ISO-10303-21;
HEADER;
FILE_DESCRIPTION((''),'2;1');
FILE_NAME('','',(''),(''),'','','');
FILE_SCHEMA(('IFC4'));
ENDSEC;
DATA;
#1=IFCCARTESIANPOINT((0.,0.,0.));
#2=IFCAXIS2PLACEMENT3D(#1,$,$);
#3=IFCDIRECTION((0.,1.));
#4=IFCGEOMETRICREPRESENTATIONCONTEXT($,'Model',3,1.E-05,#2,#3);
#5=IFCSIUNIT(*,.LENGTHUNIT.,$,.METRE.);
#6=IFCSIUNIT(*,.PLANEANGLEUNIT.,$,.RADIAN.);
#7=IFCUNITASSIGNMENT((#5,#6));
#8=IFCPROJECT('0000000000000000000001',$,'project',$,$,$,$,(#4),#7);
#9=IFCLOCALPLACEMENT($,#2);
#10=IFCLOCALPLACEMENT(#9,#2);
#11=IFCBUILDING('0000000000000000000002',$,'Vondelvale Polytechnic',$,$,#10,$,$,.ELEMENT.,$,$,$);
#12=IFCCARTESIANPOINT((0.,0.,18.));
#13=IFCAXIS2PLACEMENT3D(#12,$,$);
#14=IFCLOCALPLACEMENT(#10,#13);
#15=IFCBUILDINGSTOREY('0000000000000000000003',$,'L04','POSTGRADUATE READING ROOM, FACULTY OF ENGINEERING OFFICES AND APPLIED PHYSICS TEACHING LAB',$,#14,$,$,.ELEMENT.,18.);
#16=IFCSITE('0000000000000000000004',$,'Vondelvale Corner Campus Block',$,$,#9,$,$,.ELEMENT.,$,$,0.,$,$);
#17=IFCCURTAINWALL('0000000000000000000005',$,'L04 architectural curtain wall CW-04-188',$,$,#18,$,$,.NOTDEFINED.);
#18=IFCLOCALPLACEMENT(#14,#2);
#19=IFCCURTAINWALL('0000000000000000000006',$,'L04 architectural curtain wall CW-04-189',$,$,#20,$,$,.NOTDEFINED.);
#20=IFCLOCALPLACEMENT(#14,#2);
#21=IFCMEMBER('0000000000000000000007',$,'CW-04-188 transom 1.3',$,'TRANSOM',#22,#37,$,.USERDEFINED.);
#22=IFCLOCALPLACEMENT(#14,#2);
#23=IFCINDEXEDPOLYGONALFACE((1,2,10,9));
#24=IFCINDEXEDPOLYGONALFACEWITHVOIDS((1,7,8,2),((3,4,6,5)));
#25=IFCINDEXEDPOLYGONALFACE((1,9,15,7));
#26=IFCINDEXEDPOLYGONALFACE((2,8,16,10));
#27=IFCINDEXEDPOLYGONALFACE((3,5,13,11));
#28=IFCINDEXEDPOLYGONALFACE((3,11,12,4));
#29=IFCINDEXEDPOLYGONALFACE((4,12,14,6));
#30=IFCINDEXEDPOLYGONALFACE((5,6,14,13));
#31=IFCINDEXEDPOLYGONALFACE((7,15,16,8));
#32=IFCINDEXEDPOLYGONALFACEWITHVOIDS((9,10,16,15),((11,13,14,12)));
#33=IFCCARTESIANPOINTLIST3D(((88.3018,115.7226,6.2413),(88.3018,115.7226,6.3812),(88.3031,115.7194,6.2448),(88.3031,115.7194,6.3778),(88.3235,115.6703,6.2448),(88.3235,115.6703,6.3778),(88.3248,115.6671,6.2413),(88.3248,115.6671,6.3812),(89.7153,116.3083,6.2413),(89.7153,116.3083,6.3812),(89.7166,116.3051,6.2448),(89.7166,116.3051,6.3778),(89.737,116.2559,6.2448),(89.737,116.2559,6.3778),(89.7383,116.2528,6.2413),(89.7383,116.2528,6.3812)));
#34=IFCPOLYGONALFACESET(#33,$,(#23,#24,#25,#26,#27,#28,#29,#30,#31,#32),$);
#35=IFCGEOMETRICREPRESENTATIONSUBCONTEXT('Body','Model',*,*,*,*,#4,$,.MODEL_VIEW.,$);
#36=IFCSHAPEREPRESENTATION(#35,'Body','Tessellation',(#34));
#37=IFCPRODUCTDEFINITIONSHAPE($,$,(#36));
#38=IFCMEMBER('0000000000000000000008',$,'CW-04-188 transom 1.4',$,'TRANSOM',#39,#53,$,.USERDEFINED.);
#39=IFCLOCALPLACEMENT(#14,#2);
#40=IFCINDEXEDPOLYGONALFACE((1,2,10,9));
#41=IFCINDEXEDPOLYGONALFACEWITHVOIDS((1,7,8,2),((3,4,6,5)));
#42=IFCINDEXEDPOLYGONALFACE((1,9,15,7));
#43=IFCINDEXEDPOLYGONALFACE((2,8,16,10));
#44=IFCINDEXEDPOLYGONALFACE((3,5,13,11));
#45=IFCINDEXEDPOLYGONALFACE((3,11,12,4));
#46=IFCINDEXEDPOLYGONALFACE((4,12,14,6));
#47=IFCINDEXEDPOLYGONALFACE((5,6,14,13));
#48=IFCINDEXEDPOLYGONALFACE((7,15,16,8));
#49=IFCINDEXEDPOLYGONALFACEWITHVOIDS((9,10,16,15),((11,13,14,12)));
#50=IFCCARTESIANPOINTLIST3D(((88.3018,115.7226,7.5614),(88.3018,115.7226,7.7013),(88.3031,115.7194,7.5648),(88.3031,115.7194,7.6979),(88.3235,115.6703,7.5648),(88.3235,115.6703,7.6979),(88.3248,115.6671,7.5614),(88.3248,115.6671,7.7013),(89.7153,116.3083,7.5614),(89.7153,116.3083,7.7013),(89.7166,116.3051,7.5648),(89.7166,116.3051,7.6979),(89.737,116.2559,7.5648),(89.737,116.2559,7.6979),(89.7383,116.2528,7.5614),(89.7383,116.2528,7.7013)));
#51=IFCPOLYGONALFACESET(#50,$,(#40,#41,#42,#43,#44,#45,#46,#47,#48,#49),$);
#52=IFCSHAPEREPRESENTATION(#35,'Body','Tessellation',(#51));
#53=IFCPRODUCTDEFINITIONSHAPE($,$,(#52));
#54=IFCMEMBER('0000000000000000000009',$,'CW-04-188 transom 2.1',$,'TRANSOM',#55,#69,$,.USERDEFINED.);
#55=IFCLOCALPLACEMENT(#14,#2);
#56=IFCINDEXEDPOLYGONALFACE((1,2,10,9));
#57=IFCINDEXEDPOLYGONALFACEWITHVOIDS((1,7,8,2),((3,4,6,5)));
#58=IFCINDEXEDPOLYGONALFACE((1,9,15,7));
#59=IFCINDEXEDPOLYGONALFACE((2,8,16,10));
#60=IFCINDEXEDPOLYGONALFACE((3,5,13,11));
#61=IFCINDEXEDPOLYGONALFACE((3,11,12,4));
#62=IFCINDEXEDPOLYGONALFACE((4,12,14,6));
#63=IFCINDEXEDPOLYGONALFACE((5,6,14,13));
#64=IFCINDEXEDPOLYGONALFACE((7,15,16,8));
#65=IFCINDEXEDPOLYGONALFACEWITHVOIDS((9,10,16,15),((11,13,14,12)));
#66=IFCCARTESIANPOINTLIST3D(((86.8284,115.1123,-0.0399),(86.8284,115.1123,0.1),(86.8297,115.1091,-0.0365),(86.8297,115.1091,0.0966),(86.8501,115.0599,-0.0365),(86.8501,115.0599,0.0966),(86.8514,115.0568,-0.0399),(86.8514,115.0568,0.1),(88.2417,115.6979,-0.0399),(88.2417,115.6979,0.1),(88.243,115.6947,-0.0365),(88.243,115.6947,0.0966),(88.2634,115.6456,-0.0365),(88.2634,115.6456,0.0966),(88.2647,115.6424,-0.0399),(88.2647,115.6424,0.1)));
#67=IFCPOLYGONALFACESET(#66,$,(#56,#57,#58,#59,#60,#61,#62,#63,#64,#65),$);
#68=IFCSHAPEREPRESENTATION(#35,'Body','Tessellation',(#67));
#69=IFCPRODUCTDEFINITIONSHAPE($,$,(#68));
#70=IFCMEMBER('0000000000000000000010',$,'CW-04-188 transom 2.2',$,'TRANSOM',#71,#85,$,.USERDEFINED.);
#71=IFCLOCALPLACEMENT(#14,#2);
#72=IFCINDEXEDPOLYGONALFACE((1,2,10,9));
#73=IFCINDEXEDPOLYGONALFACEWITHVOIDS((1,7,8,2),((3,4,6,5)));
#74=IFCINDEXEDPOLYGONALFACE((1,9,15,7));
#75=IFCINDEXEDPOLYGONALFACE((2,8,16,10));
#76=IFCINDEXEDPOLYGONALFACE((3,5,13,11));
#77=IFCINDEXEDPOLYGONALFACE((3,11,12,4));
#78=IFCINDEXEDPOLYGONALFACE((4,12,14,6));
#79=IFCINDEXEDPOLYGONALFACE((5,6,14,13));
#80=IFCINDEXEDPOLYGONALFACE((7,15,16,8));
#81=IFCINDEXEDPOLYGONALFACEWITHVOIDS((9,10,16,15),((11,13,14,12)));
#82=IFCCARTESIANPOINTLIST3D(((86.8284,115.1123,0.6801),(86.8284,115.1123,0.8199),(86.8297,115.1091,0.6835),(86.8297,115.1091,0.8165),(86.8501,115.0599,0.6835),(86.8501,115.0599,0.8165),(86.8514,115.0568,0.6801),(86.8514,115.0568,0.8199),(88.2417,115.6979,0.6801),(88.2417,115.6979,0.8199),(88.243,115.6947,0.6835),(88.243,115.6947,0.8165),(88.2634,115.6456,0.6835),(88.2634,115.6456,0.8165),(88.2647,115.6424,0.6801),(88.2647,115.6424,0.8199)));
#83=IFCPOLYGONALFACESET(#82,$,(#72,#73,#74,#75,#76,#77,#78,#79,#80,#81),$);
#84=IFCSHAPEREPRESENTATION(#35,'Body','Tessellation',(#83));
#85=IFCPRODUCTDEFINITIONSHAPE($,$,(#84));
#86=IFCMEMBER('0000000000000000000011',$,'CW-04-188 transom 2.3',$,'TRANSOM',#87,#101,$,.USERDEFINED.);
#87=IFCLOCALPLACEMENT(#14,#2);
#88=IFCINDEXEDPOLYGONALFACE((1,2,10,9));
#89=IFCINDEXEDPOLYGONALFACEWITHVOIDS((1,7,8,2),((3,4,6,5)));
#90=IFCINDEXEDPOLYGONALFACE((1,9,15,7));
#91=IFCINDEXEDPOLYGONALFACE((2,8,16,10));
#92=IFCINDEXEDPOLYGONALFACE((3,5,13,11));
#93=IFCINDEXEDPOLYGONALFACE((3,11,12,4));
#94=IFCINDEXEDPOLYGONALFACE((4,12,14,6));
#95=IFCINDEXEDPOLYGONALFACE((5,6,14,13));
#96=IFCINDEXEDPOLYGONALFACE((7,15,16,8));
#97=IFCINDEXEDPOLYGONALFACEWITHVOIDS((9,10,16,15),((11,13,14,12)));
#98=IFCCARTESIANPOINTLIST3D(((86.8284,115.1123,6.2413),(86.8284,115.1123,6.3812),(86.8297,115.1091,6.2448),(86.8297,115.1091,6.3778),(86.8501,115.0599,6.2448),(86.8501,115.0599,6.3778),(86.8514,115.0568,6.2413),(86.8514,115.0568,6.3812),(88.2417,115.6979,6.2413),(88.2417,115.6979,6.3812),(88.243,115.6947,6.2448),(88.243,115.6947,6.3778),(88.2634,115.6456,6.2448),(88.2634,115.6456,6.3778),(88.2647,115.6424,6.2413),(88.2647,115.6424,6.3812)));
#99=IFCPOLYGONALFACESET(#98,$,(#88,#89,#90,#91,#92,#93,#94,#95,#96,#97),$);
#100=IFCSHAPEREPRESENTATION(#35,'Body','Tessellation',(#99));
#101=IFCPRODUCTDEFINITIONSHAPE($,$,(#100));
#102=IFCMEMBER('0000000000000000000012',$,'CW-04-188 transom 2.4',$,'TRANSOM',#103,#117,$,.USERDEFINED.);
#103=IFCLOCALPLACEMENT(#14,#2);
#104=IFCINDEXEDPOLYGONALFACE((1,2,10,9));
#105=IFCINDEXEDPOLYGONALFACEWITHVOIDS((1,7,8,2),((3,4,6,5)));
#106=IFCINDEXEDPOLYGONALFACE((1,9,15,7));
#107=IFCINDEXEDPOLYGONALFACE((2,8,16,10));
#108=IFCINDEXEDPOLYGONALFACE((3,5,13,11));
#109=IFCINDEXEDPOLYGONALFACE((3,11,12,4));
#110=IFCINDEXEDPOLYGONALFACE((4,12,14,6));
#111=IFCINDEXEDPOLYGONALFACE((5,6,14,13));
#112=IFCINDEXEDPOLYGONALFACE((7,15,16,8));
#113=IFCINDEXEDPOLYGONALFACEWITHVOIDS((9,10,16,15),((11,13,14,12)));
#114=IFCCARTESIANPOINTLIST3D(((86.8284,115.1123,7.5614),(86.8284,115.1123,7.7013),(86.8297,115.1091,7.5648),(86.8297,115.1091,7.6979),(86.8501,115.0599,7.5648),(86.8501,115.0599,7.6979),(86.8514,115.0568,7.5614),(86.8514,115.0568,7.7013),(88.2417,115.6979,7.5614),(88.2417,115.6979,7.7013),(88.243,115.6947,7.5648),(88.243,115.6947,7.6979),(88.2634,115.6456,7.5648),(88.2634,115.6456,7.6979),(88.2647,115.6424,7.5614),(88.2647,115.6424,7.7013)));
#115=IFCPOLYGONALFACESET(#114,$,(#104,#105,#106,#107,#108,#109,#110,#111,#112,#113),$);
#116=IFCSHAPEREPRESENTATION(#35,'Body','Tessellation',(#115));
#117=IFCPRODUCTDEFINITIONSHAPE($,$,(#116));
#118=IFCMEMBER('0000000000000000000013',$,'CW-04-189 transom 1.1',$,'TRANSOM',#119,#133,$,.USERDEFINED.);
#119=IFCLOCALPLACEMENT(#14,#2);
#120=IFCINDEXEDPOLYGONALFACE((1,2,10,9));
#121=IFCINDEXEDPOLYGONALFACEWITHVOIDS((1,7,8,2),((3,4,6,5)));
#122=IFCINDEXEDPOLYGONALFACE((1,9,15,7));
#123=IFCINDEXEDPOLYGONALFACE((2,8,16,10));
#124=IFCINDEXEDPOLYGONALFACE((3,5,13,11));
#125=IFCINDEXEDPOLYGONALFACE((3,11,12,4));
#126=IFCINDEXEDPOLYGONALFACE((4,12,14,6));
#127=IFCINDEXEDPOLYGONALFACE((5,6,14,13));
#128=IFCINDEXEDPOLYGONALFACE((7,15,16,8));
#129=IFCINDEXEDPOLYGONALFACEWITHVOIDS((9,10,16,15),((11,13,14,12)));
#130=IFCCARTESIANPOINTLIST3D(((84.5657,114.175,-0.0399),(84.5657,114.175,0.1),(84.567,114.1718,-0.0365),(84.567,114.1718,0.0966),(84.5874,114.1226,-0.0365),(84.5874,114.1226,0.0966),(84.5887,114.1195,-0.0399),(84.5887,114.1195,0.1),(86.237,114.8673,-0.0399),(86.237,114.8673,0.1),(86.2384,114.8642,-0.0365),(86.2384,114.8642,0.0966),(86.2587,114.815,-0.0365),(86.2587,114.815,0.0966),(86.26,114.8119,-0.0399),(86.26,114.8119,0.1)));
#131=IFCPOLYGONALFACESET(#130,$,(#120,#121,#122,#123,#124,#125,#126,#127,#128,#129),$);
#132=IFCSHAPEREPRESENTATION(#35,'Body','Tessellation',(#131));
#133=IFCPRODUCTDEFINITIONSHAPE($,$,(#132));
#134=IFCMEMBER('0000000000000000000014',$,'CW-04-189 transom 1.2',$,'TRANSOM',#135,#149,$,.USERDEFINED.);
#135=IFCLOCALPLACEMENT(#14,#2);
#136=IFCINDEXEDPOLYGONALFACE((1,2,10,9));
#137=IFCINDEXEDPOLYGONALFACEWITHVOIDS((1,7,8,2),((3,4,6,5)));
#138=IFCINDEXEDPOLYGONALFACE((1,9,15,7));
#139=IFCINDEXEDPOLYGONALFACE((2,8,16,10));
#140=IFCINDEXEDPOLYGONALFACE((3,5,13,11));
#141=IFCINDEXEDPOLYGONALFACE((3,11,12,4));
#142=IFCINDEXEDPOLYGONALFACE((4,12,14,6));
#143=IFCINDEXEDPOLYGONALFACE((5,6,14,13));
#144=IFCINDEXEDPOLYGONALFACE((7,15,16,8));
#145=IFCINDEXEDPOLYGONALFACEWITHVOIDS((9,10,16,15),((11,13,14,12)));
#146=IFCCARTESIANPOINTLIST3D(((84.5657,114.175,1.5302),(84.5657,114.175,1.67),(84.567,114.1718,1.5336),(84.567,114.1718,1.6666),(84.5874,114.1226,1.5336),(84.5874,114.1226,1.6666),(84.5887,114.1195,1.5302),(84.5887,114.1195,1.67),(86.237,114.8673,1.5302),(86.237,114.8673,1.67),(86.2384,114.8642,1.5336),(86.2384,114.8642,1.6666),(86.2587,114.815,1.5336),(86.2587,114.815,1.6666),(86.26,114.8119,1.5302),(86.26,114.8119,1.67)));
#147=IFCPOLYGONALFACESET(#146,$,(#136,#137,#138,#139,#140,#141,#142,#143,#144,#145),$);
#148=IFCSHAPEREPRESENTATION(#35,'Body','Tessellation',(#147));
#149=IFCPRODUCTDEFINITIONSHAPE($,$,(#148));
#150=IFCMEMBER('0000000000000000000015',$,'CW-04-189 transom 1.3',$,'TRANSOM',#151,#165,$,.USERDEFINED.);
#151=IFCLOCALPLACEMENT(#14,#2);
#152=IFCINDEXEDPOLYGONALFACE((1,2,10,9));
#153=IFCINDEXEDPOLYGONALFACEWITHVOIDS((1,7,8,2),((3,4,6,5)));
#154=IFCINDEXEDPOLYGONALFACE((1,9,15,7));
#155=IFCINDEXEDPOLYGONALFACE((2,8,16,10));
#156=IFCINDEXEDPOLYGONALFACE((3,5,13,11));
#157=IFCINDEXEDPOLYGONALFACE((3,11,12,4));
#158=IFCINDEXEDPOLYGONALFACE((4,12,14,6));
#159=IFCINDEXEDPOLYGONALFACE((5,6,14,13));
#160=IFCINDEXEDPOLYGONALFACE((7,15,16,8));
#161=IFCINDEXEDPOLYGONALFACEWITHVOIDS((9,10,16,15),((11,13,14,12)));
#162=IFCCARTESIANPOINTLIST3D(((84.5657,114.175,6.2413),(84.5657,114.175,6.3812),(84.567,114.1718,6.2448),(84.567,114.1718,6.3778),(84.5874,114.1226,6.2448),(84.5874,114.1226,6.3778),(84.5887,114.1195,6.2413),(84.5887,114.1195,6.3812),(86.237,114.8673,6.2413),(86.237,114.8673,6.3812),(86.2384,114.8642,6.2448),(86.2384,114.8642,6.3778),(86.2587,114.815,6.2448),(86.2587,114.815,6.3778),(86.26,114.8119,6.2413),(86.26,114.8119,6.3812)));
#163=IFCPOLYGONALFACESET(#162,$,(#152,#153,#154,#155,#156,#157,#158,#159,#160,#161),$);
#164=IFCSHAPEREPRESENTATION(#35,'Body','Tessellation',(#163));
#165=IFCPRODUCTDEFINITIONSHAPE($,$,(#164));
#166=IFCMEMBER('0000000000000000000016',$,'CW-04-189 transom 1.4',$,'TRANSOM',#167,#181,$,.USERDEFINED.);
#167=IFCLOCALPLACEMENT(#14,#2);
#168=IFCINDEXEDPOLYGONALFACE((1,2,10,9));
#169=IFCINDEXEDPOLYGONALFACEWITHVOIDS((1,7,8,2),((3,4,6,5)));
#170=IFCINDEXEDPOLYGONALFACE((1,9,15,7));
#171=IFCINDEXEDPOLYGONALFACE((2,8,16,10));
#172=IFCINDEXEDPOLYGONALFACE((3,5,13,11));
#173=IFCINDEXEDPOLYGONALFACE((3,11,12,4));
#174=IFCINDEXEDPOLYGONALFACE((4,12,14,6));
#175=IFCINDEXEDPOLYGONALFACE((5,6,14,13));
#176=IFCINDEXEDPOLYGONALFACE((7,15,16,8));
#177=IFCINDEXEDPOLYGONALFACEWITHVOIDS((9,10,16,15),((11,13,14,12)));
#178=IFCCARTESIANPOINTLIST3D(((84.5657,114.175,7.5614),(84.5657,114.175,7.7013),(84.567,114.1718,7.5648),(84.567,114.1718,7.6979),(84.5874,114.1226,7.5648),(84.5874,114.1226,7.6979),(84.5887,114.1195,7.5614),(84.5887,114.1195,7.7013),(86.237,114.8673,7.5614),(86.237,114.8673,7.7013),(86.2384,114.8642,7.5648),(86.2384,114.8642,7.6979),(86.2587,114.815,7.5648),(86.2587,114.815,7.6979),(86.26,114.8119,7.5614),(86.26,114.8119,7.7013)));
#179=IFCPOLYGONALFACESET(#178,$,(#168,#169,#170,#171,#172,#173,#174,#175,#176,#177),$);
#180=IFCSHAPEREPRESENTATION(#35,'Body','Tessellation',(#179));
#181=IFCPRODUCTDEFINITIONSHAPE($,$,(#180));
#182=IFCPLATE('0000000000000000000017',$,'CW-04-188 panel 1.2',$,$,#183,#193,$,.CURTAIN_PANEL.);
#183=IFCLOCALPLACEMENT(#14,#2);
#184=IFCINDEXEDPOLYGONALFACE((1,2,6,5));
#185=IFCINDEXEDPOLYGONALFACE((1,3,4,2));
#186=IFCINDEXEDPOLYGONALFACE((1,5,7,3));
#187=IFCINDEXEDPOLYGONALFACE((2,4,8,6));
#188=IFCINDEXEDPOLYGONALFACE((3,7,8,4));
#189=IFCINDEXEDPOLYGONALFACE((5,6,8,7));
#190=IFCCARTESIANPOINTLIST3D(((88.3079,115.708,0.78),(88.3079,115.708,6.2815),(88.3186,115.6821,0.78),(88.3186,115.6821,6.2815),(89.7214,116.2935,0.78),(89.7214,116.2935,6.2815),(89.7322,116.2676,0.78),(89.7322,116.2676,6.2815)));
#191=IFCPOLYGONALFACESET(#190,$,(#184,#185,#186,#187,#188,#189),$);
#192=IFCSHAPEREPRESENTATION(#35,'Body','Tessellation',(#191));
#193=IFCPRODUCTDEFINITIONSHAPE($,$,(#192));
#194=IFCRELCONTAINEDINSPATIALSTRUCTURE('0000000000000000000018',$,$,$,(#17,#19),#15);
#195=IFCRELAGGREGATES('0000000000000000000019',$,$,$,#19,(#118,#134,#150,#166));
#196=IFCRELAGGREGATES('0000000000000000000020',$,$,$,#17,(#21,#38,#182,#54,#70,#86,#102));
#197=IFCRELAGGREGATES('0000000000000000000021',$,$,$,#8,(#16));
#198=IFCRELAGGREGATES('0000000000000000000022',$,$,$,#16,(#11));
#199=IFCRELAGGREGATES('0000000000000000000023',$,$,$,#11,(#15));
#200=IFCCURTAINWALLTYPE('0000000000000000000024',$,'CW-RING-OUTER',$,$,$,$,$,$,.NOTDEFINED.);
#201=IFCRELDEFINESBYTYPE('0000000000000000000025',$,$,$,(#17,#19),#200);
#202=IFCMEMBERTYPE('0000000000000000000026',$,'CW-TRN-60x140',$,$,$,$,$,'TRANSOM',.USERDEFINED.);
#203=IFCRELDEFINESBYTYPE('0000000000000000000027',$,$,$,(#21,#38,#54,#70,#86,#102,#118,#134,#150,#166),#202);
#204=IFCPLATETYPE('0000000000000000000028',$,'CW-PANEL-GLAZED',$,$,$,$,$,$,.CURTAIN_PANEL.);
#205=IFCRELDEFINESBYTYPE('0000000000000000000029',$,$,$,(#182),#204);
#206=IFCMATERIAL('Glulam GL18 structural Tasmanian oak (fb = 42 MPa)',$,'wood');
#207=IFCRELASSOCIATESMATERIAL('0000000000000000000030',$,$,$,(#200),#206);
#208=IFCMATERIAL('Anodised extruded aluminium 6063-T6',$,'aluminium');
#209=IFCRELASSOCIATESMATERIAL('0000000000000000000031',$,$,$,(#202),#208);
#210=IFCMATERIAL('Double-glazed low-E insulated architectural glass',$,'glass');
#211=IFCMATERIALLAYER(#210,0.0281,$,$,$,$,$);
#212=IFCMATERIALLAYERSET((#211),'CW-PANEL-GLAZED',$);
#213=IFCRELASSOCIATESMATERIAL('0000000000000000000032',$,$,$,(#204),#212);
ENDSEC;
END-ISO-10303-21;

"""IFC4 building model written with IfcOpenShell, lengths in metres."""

from ifc_helpers import new_model, si_unit, direction, frame, origin, origin_2d, place, context, subcontext, project, spatial, rectangle, hollow_rectangle, extrude, material, layer, layer_set, material_profile, profile_set, type_object, element, aggregate, save


model = new_model("IFC4")

# Units and contexts
model_context = context("Model", 3, precision=1e-05, world=origin(), true_north=direction((0.0, 1.0)))
body_context = subcontext(model_context, "Body", "Model", "MODEL_VIEW")
ifc_project = project(units=[si_unit("LENGTHUNIT", "METRE"), si_unit("PLANEANGLEUNIT", "RADIAN")], contexts=[model_context])

# Site, building, storey
site_placement = place(None, origin())
site = spatial("IfcSite", under=ifc_project, at=site_placement, Name="Vondelvale Corner Campus Block", CompositionType="ELEMENT", RefElevation=0.0)
building_placement = place(site_placement, origin())
building = spatial("IfcBuilding", under=site, at=building_placement, Name="Vondelvale Polytechnic", CompositionType="ELEMENT")
storey_placement = place(building_placement, frame((0.0, 0.0, 18.0)))
storey = spatial("IfcBuildingStorey", under=building, at=storey_placement, Name="L04", Description="POSTGRADUATE READING ROOM, FACULTY OF ENGINEERING OFFICES AND APPLIED PHYSICS TEACHING LAB", CompositionType="ELEMENT", Elevation=18.0)

# Shared definitions
ifc_material_1 = material(Name="Glulam GL18 structural Tasmanian oak (fb = 42 MPa)", Category="wood")

# Curtain wall
curtain_wall_type = type_object("IfcCurtainWallType", Name="CW-RING-OUTER", PredefinedType="NOTDEFINED", material=ifc_material_1)
curtain_wall_1_placement = place(storey_placement, origin())
curtain_wall_1 = element("IfcCurtainWall", 1, at=curtain_wall_1_placement, inside=storey, type_object=curtain_wall_type, Name="L04 architectural curtain wall CW-04-188", PredefinedType="NOTDEFINED")
ifc_material_2 = material(Name="Anodised extruded aluminium 6063-T6", Category="aluminium")

# Curtain wall
curtain_wall_2_placement = place(storey_placement, origin())
curtain_wall_2 = element("IfcCurtainWall", 2, at=curtain_wall_2_placement, inside=storey, type_object=curtain_wall_type, Name="L04 architectural curtain wall CW-04-189", PredefinedType="NOTDEFINED")

# Members
ifc_material_profile_1 = material_profile(ifc_material_2, hollow_rectangle(XDim=0.0601, YDim=0.1399, WallThickness=0.0034, at=origin_2d()), Name="CW-TRN-140x60")
ifc_profile_set_1 = profile_set([ifc_material_profile_1], Name="Anodised extruded aluminium 6063-T6")
member_type_1 = type_object("IfcMemberType", Name="CW-TRN-60x140", ElementType="TRANSOM", PredefinedType="USERDEFINED", material=ifc_profile_set_1)
member_1_placement = place(storey_placement, frame((89.7268, 116.2805, 6.3113), z_axis=(-0.92384, -0.382779, 0.0), x_axis=(0.382779, -0.92384, 0.0)))
member_1 = element("IfcMember", 3, at=member_1_placement, type_object=member_type_1, Name="CW-04-188 transom 1.3", ObjectType="TRANSOM", PredefinedType="USERDEFINED", context=body_context, shape_type="SweptSolid", body=[
    extrude(hollow_rectangle(XDim=0.0601, YDim=0.1399, WallThickness=0.0034, at=origin_2d()), origin(), (0.0, 0.0, 1.0), 1.53),
])
member_2_placement = place(storey_placement, frame((89.7268, 116.2805, 7.6313), z_axis=(-0.92384, -0.382779, 0.0), x_axis=(0.382779, -0.92384, 0.0)))
member_2 = element("IfcMember", 4, at=member_2_placement, type_object=member_type_1, Name="CW-04-188 transom 1.4", ObjectType="TRANSOM", PredefinedType="USERDEFINED", context=body_context, shape_type="SweptSolid", body=[
    extrude(hollow_rectangle(XDim=0.0601, YDim=0.1399, WallThickness=0.0034, at=origin_2d()), origin(), (0.0, 0.0, 1.0), 1.53),
])
member_3_placement = place(storey_placement, frame((88.2532, 115.6702, 0.03), z_axis=(-0.923816, -0.382836, 0.0), x_axis=(0.382836, -0.923816, 0.0)))
member_3 = element("IfcMember", 5, at=member_3_placement, type_object=member_type_1, Name="CW-04-188 transom 2.1", ObjectType="TRANSOM", PredefinedType="USERDEFINED", context=body_context, shape_type="SweptSolid", body=[
    extrude(hollow_rectangle(XDim=0.0601, YDim=0.1399, WallThickness=0.0034, at=origin_2d()), origin(), (0.0, 0.0, 1.0), 1.5298),
])
member_4_placement = place(storey_placement, frame((88.2532, 115.6702, 0.75), z_axis=(-0.923816, -0.382836, 0.0), x_axis=(0.382836, -0.923816, 0.0)))
member_4 = element("IfcMember", 6, at=member_4_placement, type_object=member_type_1, Name="CW-04-188 transom 2.2", ObjectType="TRANSOM", PredefinedType="USERDEFINED", context=body_context, shape_type="SweptSolid", body=[
    extrude(hollow_rectangle(XDim=0.0601, YDim=0.1399, WallThickness=0.0034, at=origin_2d()), origin(), (0.0, 0.0, 1.0), 1.5298),
])
member_5_placement = place(storey_placement, frame((88.2532, 115.6702, 6.3113), z_axis=(-0.923816, -0.382836, 0.0), x_axis=(0.382836, -0.923816, 0.0)))
member_5 = element("IfcMember", 7, at=member_5_placement, type_object=member_type_1, Name="CW-04-188 transom 2.3", ObjectType="TRANSOM", PredefinedType="USERDEFINED", context=body_context, shape_type="SweptSolid", body=[
    extrude(hollow_rectangle(XDim=0.0601, YDim=0.1399, WallThickness=0.0034, at=origin_2d()), origin(), (0.0, 0.0, 1.0), 1.5298),
])
member_6_placement = place(storey_placement, frame((88.2532, 115.6702, 7.6313), z_axis=(-0.923816, -0.382836, 0.0), x_axis=(0.382836, -0.923816, 0.0)))
member_6 = element("IfcMember", 8, at=member_6_placement, type_object=member_type_1, Name="CW-04-188 transom 2.4", ObjectType="TRANSOM", PredefinedType="USERDEFINED", context=body_context, shape_type="SweptSolid", body=[
    extrude(hollow_rectangle(XDim=0.0601, YDim=0.1399, WallThickness=0.0034, at=origin_2d()), origin(), (0.0, 0.0, 1.0), 1.5298),
])
member_7_placement = place(storey_placement, frame((86.2485, 114.8396, 0.03), z_axis=(-0.923866, -0.382717, 0.0), x_axis=(0.382717, -0.923866, 0.0)))
member_7 = element("IfcMember", 9, at=member_7_placement, type_object=member_type_1, Name="CW-04-189 transom 1.1", ObjectType="TRANSOM", PredefinedType="USERDEFINED", context=body_context, shape_type="SweptSolid", body=[
    extrude(hollow_rectangle(XDim=0.0601, YDim=0.1399, WallThickness=0.0034, at=origin_2d()), origin(), (0.0, 0.0, 1.0), 1.8091),
])
member_8_placement = place(storey_placement, frame((86.2485, 114.8396, 1.6001), z_axis=(-0.923866, -0.382717, 0.0), x_axis=(0.382717, -0.923866, 0.0)))
member_8 = element("IfcMember", 10, at=member_8_placement, type_object=member_type_1, Name="CW-04-189 transom 1.2", ObjectType="TRANSOM", PredefinedType="USERDEFINED", context=body_context, shape_type="SweptSolid", body=[
    extrude(hollow_rectangle(XDim=0.0601, YDim=0.1399, WallThickness=0.0034, at=origin_2d()), origin(), (0.0, 0.0, 1.0), 1.8091),
])
member_9_placement = place(storey_placement, frame((86.2485, 114.8396, 6.3113), z_axis=(-0.923866, -0.382717, 0.0), x_axis=(0.382717, -0.923866, 0.0)))
member_9 = element("IfcMember", 11, at=member_9_placement, type_object=member_type_1, Name="CW-04-189 transom 1.3", ObjectType="TRANSOM", PredefinedType="USERDEFINED", context=body_context, shape_type="SweptSolid", body=[
    extrude(hollow_rectangle(XDim=0.0601, YDim=0.1399, WallThickness=0.0034, at=origin_2d()), origin(), (0.0, 0.0, 1.0), 1.8091),
])
member_10_placement = place(storey_placement, frame((86.2485, 114.8396, 7.6313), z_axis=(-0.923866, -0.382717, 0.0), x_axis=(0.382717, -0.923866, 0.0)))
member_10 = element("IfcMember", 12, at=member_10_placement, type_object=member_type_1, Name="CW-04-189 transom 1.4", ObjectType="TRANSOM", PredefinedType="USERDEFINED", context=body_context, shape_type="SweptSolid", body=[
    extrude(hollow_rectangle(XDim=0.0601, YDim=0.1399, WallThickness=0.0034, at=origin_2d()), origin(), (0.0, 0.0, 1.0), 1.8091),
])
aggregate(curtain_wall_2, [member_7, member_8, member_9, member_10])

# Plate
ifc_material_3 = material(Name="Double-glazed low-E insulated architectural glass", Category="glass")
ifc_layer_1 = layer(ifc_material_3, 0.0281)
ifc_layer_set_1 = layer_set([ifc_layer_1], Name="CW-PANEL-GLAZED")
plate_type_1 = type_object("IfcPlateType", Name="CW-PANEL-GLAZED", PredefinedType="CURTAIN_PANEL", material=ifc_layer_set_1)
plate_1_placement = place(storey_placement, frame((89.02, 115.9878, 0.78), z_axis=(0.0, 0.0, 1.0), x_axis=(-0.923882, -0.382677, 0.0)))
plate_1 = element("IfcPlate", 13, at=plate_1_placement, type_object=plate_type_1, Name="CW-04-188 panel 1.2", PredefinedType="CURTAIN_PANEL", context=body_context, shape_type="SweptSolid", body=[
    extrude(rectangle(XDim=1.53, YDim=0.0281, at=origin_2d()), origin(), (0.0, 0.0, 1.0), 5.5015),
])
aggregate(curtain_wall_1, [member_1, member_2, plate_1, member_3, member_4, member_5, member_6])

save(model, "model.ifc")
